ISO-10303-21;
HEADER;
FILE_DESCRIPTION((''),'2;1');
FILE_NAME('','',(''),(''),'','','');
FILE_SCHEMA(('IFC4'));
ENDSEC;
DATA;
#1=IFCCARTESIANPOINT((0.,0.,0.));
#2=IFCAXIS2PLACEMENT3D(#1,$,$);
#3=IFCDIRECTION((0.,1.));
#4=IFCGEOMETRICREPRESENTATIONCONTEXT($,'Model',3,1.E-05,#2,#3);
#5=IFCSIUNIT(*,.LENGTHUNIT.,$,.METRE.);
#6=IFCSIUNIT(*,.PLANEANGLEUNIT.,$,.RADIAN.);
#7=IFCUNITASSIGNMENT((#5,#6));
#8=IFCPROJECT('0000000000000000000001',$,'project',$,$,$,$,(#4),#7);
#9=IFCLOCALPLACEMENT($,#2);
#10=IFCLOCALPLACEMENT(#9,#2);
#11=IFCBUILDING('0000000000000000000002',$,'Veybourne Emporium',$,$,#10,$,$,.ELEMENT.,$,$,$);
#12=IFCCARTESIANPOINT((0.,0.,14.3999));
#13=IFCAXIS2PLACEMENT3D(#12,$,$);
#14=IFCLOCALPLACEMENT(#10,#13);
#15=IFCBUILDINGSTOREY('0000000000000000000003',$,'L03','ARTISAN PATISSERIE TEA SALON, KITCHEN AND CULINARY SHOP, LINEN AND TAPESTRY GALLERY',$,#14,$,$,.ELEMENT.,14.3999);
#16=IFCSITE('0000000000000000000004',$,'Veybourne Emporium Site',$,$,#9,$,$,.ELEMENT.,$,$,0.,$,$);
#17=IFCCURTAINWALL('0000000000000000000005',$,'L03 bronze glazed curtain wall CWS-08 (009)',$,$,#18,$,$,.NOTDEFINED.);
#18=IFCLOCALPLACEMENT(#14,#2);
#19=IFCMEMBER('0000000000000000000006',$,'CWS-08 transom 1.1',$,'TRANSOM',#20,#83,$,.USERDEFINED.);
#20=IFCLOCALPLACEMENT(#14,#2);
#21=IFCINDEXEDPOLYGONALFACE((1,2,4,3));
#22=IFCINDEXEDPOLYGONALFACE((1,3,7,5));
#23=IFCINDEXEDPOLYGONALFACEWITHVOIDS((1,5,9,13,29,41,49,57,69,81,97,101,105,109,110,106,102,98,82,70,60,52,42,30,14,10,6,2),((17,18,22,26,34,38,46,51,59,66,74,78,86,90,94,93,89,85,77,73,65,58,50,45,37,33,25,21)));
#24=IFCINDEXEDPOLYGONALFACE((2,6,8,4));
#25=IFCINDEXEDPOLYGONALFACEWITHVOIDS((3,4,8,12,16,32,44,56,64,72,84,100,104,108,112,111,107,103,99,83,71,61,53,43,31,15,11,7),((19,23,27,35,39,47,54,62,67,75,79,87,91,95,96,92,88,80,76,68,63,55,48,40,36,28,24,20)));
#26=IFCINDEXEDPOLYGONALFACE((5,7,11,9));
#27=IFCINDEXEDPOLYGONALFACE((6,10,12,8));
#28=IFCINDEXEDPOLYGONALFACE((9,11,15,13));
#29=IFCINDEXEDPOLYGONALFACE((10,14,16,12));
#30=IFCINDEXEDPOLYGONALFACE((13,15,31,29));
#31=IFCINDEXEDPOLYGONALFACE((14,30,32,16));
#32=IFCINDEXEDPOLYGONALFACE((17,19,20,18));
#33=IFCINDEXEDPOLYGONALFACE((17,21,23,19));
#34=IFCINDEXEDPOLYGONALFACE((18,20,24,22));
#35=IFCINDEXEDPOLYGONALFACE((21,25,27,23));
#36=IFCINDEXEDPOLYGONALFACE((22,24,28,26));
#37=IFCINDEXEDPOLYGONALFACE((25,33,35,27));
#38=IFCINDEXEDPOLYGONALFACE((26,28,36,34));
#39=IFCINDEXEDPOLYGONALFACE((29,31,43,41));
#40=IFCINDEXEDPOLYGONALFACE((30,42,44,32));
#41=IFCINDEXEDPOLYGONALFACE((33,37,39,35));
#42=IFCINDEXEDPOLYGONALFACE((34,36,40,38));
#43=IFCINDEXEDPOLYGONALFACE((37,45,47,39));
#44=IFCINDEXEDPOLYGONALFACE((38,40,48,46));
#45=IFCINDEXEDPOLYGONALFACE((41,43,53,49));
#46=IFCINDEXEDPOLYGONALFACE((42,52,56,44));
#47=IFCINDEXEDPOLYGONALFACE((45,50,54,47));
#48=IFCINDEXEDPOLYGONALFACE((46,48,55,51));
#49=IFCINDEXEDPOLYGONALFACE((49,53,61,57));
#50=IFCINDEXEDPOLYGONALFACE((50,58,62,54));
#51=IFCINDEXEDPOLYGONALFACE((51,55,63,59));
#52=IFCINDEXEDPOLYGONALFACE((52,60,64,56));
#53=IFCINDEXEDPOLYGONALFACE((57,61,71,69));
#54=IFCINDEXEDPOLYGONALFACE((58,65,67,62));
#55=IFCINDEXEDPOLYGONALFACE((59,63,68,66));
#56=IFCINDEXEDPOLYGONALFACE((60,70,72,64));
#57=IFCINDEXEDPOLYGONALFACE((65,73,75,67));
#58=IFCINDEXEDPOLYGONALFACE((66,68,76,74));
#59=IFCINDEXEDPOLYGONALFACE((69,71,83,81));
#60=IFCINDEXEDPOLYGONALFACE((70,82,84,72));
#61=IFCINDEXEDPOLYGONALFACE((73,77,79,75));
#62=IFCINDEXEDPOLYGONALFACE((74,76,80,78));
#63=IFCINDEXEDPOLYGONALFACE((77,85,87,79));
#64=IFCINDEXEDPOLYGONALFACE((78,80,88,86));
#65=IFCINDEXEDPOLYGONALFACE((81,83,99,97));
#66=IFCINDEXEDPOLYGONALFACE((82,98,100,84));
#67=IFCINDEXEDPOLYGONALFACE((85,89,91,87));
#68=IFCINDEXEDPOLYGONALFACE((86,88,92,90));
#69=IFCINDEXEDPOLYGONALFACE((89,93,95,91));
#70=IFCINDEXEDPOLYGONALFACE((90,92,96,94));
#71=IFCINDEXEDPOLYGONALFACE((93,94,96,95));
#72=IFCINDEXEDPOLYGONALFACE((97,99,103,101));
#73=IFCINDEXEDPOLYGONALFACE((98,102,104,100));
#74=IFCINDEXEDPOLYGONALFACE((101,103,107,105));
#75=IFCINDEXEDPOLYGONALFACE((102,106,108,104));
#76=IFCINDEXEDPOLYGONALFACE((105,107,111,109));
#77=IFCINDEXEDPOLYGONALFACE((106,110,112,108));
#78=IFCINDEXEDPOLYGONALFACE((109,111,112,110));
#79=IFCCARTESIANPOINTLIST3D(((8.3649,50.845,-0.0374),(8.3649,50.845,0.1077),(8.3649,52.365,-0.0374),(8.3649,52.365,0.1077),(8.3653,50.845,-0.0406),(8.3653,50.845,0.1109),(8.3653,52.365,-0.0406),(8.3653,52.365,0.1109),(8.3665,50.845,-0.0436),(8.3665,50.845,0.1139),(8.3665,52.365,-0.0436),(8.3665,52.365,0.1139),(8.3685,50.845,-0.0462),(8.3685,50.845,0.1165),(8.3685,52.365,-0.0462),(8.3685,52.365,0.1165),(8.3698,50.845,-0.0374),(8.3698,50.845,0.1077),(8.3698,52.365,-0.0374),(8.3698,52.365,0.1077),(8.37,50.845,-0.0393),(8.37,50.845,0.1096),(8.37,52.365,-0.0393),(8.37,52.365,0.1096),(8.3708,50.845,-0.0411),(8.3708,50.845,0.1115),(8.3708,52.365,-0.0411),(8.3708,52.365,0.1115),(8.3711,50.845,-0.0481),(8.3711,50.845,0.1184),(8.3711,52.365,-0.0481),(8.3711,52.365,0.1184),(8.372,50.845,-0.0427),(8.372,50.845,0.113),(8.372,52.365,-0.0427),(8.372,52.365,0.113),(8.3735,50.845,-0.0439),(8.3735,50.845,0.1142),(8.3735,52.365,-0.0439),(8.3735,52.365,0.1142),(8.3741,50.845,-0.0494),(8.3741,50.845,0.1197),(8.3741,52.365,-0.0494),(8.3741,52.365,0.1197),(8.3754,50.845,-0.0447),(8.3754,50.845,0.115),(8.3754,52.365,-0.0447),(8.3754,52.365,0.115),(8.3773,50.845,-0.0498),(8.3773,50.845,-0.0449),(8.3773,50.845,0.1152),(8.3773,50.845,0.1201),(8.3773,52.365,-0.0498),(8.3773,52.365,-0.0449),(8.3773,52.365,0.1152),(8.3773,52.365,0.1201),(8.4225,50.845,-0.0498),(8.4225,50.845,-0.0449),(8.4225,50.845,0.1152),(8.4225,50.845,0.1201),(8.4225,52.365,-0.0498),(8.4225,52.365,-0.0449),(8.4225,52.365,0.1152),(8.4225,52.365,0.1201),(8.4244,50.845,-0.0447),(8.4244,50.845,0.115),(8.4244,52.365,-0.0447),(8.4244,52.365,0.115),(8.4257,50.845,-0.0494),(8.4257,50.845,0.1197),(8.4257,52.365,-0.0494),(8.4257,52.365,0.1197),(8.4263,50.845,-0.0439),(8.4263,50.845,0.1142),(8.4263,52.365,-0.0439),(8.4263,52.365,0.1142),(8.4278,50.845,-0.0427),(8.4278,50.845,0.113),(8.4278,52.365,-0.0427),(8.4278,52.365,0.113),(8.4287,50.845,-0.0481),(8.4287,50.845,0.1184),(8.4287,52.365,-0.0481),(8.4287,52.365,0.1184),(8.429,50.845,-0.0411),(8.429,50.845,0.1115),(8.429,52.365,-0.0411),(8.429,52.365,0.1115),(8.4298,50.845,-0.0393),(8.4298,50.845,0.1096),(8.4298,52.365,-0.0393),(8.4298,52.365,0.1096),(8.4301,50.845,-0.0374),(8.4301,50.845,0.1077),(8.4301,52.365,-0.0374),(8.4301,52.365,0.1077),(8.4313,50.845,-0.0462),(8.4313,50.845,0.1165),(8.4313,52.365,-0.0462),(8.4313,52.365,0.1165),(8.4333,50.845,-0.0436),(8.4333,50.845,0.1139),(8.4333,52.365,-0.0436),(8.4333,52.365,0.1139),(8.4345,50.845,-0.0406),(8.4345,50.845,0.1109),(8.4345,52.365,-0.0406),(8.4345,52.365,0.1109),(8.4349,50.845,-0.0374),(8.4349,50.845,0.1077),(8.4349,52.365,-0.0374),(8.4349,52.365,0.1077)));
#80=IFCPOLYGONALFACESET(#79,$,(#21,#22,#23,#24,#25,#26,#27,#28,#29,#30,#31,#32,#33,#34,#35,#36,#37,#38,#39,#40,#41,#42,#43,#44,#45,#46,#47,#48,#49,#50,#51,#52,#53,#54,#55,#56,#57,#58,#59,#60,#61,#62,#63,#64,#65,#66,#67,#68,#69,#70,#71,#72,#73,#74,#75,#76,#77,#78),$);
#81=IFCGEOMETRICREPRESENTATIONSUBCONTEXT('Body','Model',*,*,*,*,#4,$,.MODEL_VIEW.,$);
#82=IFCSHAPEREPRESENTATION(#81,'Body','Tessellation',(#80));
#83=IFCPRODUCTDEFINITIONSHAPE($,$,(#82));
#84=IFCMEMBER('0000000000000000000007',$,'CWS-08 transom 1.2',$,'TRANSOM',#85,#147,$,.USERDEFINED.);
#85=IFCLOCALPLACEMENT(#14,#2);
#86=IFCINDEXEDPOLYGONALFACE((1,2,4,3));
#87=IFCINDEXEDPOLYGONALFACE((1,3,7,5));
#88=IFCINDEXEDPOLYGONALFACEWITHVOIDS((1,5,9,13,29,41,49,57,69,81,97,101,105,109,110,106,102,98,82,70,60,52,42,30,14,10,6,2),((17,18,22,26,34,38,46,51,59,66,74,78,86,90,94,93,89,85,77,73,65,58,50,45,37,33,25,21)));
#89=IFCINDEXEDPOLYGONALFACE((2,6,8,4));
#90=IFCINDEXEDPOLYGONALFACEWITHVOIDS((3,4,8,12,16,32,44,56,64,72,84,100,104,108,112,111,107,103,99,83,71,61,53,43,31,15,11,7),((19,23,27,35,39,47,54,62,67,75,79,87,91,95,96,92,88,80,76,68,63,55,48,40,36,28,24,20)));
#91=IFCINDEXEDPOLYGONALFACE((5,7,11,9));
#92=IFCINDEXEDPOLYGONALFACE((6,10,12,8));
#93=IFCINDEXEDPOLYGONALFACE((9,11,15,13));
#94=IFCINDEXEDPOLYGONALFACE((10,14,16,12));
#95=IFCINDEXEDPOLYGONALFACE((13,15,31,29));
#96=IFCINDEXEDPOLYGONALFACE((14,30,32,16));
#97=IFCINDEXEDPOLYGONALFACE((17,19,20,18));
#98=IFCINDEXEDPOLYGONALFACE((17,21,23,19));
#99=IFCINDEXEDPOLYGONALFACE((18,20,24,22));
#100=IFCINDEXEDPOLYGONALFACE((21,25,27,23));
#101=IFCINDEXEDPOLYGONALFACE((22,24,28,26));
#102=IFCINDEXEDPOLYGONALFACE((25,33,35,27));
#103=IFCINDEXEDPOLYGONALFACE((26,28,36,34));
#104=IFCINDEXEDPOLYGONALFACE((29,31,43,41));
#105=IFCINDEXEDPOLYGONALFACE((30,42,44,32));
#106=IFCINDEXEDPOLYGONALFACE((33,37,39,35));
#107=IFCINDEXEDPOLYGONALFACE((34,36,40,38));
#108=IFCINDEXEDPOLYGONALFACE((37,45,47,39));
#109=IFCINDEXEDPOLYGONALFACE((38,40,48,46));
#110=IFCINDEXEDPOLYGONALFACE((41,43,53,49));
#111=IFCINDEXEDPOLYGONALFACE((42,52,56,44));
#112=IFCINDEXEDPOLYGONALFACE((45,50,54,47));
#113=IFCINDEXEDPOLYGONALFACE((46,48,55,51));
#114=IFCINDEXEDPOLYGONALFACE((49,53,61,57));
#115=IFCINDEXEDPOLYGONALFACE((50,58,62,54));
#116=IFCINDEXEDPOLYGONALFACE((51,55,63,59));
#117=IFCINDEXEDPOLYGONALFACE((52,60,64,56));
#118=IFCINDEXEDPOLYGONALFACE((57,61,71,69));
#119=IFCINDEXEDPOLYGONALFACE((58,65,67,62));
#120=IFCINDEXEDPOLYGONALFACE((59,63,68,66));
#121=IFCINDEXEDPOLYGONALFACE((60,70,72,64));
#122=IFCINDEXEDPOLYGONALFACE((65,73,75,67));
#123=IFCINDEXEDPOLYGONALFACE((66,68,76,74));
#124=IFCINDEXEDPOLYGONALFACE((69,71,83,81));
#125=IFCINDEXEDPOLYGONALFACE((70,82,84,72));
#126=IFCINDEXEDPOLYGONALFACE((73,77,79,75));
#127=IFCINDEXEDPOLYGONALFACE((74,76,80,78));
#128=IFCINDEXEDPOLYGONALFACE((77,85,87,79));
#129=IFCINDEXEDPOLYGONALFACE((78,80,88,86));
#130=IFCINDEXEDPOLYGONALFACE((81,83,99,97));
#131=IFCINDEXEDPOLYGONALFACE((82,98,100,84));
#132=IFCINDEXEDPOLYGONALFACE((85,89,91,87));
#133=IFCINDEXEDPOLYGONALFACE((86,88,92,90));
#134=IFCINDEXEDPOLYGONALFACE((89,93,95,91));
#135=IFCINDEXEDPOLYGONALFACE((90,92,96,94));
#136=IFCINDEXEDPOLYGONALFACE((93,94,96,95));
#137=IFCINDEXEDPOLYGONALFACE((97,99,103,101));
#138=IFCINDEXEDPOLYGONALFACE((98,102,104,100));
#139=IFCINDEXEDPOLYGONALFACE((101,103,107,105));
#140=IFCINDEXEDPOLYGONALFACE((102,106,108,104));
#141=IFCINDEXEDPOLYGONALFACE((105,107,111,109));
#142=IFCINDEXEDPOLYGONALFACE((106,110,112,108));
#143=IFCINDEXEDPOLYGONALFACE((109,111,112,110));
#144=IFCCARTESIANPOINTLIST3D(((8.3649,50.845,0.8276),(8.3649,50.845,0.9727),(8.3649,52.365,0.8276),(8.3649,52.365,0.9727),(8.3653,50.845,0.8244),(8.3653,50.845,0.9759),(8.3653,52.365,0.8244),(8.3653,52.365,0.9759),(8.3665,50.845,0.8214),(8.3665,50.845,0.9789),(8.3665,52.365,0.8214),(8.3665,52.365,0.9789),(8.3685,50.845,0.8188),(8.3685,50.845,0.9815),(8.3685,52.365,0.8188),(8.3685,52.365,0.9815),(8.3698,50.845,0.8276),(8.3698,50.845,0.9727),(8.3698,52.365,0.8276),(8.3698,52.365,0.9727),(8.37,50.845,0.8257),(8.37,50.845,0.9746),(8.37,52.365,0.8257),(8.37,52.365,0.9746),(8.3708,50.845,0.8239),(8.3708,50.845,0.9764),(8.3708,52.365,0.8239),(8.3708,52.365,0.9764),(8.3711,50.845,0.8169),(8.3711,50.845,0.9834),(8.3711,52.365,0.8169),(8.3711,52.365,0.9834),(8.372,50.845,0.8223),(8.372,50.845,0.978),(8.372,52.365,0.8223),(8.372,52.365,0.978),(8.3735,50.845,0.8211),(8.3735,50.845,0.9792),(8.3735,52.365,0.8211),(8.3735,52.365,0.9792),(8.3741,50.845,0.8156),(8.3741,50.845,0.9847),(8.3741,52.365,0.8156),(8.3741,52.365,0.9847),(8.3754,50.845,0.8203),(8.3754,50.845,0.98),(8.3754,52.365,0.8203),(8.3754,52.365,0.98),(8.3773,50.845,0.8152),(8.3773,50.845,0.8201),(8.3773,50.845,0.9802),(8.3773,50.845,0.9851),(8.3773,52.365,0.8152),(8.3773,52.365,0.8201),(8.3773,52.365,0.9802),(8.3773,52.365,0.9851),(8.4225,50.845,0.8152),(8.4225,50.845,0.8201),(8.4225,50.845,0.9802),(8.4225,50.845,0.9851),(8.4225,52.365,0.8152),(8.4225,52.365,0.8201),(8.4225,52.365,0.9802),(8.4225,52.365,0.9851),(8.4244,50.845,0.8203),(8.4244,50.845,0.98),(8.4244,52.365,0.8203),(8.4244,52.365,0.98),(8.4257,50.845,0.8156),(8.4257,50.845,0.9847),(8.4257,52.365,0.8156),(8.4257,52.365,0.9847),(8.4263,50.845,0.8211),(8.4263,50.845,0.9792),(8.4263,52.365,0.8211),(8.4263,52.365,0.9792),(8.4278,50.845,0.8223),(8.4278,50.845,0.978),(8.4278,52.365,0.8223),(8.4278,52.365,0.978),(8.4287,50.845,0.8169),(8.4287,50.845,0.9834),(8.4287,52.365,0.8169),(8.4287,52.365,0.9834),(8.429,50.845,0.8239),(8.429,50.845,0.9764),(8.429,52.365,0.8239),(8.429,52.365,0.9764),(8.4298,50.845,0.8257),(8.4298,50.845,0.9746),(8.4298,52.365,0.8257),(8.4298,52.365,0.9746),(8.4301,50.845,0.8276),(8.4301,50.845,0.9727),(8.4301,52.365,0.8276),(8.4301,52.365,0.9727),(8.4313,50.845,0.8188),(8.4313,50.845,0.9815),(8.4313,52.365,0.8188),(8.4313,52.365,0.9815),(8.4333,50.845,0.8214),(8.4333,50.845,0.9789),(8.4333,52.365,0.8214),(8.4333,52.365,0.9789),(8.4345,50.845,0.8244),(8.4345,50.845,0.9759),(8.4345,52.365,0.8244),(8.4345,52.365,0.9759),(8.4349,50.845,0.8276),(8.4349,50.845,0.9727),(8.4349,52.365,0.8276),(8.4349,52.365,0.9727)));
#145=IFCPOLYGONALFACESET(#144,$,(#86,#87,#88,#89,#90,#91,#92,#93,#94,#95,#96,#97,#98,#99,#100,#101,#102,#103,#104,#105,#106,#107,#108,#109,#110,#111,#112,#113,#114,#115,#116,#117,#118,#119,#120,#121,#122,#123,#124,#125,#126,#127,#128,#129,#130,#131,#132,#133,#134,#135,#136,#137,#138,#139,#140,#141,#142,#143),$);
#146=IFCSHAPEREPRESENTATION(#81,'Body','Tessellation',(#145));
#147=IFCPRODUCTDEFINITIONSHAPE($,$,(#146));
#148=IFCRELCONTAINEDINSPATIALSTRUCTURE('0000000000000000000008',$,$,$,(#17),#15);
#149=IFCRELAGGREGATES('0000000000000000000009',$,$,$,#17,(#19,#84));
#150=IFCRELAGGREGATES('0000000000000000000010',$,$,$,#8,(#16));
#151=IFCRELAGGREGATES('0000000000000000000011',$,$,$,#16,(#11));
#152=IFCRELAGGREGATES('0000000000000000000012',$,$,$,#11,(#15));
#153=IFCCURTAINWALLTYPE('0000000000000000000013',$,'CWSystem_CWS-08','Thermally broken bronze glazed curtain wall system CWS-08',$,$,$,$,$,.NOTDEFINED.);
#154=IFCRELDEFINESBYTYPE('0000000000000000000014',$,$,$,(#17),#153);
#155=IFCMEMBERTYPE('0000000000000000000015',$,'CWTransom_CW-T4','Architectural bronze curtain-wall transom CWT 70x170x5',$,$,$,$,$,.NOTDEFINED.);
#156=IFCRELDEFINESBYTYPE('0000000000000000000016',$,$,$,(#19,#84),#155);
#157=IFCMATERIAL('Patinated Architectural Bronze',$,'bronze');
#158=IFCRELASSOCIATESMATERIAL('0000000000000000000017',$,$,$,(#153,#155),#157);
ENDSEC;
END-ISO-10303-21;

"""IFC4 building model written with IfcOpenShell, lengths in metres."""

from ifc_helpers import new_model, si_unit, direction, frame, origin, origin_2d, place, context, subcontext, project, spatial, hollow_rectangle, extrude, material, material_profile, profile_set, type_object, element, aggregate, save


model = new_model("IFC4")

# Units and contexts
model_context = context("Model", 3, precision=1e-05, world=origin(), true_north=direction((0.0, 1.0)))
body_context = subcontext(model_context, "Body", "Model", "MODEL_VIEW")
ifc_project = project(units=[si_unit("LENGTHUNIT", "METRE"), si_unit("PLANEANGLEUNIT", "RADIAN")], contexts=[model_context])

# Site, building, storey
site_placement = place(None, origin())
site = spatial("IfcSite", under=ifc_project, at=site_placement, Name="Veybourne Emporium Site", CompositionType="ELEMENT", RefElevation=0.0)
building_placement = place(site_placement, origin())
building = spatial("IfcBuilding", under=site, at=building_placement, Name="Veybourne Emporium", CompositionType="ELEMENT")
storey_placement = place(building_placement, frame((0.0, 0.0, 14.3999)))
storey = spatial("IfcBuildingStorey", under=building, at=storey_placement, Name="L03", Description="ARTISAN PATISSERIE TEA SALON, KITCHEN AND CULINARY SHOP, LINEN AND TAPESTRY GALLERY", CompositionType="ELEMENT", Elevation=14.3999)

# Curtain wall
ifc_material_1 = material(Name="Patinated Architectural Bronze", Category="bronze")
curtain_wall_type_1 = type_object("IfcCurtainWallType", Name="CWSystem_CWS-08", Description="Thermally broken bronze glazed curtain wall system CWS-08", PredefinedType="NOTDEFINED", material=ifc_material_1)
curtain_wall_1_placement = place(storey_placement, origin())
curtain_wall_1 = element("IfcCurtainWall", 1, at=curtain_wall_1_placement, inside=storey, type_object=curtain_wall_type_1, Name="L03 bronze glazed curtain wall CWS-08 (009)", PredefinedType="NOTDEFINED")

# Members
ifc_material_profile_1 = material_profile(ifc_material_1, hollow_rectangle(XDim=0.0701, YDim=0.1699, WallThickness=0.0049, InnerFilletRadius=0.0076, OuterFilletRadius=0.0125, at=origin_2d()), Name="CWT 70x170x5")
ifc_profile_set_1 = profile_set([ifc_material_profile_1], Name="Patinated Architectural Bronze")
member_type_1 = type_object("IfcMemberType", Name="CWTransom_CW-T4", Description="Architectural bronze curtain-wall transom CWT 70x170x5", PredefinedType="NOTDEFINED", material=ifc_profile_set_1)
member_1_placement = place(storey_placement, frame((8.3999, 50.845, 0.0352), z_axis=(0.0, 1.0, 0.0), x_axis=(-1.0, 0.0, 0.0)))
member_1 = element("IfcMember", 2, at=member_1_placement, type_object=member_type_1, Name="CWS-08 transom 1.1", ObjectType="TRANSOM", PredefinedType="USERDEFINED", context=body_context, shape_type="SweptSolid", body=[
    extrude(hollow_rectangle(XDim=0.0701, YDim=0.1699, WallThickness=0.0049, InnerFilletRadius=0.0076, OuterFilletRadius=0.0125, at=origin_2d()), origin(), (0.0, 0.0, 1.0), 1.52),
])
member_2_placement = place(storey_placement, frame((8.3999, 50.845, 0.9001), z_axis=(0.0, 1.0, 0.0), x_axis=(-1.0, 0.0, 0.0)))
member_2 = element("IfcMember", 3, at=member_2_placement, type_object=member_type_1, Name="CWS-08 transom 1.2", ObjectType="TRANSOM", PredefinedType="USERDEFINED", context=body_context, shape_type="SweptSolid", body=[
    extrude(hollow_rectangle(XDim=0.0701, YDim=0.1699, WallThickness=0.0049, InnerFilletRadius=0.0076, OuterFilletRadius=0.0125, at=origin_2d()), origin(), (0.0, 0.0, 1.0), 1.52),
])

aggregate(curtain_wall_1, [member_1, member_2])

save(model, "model.ifc")
